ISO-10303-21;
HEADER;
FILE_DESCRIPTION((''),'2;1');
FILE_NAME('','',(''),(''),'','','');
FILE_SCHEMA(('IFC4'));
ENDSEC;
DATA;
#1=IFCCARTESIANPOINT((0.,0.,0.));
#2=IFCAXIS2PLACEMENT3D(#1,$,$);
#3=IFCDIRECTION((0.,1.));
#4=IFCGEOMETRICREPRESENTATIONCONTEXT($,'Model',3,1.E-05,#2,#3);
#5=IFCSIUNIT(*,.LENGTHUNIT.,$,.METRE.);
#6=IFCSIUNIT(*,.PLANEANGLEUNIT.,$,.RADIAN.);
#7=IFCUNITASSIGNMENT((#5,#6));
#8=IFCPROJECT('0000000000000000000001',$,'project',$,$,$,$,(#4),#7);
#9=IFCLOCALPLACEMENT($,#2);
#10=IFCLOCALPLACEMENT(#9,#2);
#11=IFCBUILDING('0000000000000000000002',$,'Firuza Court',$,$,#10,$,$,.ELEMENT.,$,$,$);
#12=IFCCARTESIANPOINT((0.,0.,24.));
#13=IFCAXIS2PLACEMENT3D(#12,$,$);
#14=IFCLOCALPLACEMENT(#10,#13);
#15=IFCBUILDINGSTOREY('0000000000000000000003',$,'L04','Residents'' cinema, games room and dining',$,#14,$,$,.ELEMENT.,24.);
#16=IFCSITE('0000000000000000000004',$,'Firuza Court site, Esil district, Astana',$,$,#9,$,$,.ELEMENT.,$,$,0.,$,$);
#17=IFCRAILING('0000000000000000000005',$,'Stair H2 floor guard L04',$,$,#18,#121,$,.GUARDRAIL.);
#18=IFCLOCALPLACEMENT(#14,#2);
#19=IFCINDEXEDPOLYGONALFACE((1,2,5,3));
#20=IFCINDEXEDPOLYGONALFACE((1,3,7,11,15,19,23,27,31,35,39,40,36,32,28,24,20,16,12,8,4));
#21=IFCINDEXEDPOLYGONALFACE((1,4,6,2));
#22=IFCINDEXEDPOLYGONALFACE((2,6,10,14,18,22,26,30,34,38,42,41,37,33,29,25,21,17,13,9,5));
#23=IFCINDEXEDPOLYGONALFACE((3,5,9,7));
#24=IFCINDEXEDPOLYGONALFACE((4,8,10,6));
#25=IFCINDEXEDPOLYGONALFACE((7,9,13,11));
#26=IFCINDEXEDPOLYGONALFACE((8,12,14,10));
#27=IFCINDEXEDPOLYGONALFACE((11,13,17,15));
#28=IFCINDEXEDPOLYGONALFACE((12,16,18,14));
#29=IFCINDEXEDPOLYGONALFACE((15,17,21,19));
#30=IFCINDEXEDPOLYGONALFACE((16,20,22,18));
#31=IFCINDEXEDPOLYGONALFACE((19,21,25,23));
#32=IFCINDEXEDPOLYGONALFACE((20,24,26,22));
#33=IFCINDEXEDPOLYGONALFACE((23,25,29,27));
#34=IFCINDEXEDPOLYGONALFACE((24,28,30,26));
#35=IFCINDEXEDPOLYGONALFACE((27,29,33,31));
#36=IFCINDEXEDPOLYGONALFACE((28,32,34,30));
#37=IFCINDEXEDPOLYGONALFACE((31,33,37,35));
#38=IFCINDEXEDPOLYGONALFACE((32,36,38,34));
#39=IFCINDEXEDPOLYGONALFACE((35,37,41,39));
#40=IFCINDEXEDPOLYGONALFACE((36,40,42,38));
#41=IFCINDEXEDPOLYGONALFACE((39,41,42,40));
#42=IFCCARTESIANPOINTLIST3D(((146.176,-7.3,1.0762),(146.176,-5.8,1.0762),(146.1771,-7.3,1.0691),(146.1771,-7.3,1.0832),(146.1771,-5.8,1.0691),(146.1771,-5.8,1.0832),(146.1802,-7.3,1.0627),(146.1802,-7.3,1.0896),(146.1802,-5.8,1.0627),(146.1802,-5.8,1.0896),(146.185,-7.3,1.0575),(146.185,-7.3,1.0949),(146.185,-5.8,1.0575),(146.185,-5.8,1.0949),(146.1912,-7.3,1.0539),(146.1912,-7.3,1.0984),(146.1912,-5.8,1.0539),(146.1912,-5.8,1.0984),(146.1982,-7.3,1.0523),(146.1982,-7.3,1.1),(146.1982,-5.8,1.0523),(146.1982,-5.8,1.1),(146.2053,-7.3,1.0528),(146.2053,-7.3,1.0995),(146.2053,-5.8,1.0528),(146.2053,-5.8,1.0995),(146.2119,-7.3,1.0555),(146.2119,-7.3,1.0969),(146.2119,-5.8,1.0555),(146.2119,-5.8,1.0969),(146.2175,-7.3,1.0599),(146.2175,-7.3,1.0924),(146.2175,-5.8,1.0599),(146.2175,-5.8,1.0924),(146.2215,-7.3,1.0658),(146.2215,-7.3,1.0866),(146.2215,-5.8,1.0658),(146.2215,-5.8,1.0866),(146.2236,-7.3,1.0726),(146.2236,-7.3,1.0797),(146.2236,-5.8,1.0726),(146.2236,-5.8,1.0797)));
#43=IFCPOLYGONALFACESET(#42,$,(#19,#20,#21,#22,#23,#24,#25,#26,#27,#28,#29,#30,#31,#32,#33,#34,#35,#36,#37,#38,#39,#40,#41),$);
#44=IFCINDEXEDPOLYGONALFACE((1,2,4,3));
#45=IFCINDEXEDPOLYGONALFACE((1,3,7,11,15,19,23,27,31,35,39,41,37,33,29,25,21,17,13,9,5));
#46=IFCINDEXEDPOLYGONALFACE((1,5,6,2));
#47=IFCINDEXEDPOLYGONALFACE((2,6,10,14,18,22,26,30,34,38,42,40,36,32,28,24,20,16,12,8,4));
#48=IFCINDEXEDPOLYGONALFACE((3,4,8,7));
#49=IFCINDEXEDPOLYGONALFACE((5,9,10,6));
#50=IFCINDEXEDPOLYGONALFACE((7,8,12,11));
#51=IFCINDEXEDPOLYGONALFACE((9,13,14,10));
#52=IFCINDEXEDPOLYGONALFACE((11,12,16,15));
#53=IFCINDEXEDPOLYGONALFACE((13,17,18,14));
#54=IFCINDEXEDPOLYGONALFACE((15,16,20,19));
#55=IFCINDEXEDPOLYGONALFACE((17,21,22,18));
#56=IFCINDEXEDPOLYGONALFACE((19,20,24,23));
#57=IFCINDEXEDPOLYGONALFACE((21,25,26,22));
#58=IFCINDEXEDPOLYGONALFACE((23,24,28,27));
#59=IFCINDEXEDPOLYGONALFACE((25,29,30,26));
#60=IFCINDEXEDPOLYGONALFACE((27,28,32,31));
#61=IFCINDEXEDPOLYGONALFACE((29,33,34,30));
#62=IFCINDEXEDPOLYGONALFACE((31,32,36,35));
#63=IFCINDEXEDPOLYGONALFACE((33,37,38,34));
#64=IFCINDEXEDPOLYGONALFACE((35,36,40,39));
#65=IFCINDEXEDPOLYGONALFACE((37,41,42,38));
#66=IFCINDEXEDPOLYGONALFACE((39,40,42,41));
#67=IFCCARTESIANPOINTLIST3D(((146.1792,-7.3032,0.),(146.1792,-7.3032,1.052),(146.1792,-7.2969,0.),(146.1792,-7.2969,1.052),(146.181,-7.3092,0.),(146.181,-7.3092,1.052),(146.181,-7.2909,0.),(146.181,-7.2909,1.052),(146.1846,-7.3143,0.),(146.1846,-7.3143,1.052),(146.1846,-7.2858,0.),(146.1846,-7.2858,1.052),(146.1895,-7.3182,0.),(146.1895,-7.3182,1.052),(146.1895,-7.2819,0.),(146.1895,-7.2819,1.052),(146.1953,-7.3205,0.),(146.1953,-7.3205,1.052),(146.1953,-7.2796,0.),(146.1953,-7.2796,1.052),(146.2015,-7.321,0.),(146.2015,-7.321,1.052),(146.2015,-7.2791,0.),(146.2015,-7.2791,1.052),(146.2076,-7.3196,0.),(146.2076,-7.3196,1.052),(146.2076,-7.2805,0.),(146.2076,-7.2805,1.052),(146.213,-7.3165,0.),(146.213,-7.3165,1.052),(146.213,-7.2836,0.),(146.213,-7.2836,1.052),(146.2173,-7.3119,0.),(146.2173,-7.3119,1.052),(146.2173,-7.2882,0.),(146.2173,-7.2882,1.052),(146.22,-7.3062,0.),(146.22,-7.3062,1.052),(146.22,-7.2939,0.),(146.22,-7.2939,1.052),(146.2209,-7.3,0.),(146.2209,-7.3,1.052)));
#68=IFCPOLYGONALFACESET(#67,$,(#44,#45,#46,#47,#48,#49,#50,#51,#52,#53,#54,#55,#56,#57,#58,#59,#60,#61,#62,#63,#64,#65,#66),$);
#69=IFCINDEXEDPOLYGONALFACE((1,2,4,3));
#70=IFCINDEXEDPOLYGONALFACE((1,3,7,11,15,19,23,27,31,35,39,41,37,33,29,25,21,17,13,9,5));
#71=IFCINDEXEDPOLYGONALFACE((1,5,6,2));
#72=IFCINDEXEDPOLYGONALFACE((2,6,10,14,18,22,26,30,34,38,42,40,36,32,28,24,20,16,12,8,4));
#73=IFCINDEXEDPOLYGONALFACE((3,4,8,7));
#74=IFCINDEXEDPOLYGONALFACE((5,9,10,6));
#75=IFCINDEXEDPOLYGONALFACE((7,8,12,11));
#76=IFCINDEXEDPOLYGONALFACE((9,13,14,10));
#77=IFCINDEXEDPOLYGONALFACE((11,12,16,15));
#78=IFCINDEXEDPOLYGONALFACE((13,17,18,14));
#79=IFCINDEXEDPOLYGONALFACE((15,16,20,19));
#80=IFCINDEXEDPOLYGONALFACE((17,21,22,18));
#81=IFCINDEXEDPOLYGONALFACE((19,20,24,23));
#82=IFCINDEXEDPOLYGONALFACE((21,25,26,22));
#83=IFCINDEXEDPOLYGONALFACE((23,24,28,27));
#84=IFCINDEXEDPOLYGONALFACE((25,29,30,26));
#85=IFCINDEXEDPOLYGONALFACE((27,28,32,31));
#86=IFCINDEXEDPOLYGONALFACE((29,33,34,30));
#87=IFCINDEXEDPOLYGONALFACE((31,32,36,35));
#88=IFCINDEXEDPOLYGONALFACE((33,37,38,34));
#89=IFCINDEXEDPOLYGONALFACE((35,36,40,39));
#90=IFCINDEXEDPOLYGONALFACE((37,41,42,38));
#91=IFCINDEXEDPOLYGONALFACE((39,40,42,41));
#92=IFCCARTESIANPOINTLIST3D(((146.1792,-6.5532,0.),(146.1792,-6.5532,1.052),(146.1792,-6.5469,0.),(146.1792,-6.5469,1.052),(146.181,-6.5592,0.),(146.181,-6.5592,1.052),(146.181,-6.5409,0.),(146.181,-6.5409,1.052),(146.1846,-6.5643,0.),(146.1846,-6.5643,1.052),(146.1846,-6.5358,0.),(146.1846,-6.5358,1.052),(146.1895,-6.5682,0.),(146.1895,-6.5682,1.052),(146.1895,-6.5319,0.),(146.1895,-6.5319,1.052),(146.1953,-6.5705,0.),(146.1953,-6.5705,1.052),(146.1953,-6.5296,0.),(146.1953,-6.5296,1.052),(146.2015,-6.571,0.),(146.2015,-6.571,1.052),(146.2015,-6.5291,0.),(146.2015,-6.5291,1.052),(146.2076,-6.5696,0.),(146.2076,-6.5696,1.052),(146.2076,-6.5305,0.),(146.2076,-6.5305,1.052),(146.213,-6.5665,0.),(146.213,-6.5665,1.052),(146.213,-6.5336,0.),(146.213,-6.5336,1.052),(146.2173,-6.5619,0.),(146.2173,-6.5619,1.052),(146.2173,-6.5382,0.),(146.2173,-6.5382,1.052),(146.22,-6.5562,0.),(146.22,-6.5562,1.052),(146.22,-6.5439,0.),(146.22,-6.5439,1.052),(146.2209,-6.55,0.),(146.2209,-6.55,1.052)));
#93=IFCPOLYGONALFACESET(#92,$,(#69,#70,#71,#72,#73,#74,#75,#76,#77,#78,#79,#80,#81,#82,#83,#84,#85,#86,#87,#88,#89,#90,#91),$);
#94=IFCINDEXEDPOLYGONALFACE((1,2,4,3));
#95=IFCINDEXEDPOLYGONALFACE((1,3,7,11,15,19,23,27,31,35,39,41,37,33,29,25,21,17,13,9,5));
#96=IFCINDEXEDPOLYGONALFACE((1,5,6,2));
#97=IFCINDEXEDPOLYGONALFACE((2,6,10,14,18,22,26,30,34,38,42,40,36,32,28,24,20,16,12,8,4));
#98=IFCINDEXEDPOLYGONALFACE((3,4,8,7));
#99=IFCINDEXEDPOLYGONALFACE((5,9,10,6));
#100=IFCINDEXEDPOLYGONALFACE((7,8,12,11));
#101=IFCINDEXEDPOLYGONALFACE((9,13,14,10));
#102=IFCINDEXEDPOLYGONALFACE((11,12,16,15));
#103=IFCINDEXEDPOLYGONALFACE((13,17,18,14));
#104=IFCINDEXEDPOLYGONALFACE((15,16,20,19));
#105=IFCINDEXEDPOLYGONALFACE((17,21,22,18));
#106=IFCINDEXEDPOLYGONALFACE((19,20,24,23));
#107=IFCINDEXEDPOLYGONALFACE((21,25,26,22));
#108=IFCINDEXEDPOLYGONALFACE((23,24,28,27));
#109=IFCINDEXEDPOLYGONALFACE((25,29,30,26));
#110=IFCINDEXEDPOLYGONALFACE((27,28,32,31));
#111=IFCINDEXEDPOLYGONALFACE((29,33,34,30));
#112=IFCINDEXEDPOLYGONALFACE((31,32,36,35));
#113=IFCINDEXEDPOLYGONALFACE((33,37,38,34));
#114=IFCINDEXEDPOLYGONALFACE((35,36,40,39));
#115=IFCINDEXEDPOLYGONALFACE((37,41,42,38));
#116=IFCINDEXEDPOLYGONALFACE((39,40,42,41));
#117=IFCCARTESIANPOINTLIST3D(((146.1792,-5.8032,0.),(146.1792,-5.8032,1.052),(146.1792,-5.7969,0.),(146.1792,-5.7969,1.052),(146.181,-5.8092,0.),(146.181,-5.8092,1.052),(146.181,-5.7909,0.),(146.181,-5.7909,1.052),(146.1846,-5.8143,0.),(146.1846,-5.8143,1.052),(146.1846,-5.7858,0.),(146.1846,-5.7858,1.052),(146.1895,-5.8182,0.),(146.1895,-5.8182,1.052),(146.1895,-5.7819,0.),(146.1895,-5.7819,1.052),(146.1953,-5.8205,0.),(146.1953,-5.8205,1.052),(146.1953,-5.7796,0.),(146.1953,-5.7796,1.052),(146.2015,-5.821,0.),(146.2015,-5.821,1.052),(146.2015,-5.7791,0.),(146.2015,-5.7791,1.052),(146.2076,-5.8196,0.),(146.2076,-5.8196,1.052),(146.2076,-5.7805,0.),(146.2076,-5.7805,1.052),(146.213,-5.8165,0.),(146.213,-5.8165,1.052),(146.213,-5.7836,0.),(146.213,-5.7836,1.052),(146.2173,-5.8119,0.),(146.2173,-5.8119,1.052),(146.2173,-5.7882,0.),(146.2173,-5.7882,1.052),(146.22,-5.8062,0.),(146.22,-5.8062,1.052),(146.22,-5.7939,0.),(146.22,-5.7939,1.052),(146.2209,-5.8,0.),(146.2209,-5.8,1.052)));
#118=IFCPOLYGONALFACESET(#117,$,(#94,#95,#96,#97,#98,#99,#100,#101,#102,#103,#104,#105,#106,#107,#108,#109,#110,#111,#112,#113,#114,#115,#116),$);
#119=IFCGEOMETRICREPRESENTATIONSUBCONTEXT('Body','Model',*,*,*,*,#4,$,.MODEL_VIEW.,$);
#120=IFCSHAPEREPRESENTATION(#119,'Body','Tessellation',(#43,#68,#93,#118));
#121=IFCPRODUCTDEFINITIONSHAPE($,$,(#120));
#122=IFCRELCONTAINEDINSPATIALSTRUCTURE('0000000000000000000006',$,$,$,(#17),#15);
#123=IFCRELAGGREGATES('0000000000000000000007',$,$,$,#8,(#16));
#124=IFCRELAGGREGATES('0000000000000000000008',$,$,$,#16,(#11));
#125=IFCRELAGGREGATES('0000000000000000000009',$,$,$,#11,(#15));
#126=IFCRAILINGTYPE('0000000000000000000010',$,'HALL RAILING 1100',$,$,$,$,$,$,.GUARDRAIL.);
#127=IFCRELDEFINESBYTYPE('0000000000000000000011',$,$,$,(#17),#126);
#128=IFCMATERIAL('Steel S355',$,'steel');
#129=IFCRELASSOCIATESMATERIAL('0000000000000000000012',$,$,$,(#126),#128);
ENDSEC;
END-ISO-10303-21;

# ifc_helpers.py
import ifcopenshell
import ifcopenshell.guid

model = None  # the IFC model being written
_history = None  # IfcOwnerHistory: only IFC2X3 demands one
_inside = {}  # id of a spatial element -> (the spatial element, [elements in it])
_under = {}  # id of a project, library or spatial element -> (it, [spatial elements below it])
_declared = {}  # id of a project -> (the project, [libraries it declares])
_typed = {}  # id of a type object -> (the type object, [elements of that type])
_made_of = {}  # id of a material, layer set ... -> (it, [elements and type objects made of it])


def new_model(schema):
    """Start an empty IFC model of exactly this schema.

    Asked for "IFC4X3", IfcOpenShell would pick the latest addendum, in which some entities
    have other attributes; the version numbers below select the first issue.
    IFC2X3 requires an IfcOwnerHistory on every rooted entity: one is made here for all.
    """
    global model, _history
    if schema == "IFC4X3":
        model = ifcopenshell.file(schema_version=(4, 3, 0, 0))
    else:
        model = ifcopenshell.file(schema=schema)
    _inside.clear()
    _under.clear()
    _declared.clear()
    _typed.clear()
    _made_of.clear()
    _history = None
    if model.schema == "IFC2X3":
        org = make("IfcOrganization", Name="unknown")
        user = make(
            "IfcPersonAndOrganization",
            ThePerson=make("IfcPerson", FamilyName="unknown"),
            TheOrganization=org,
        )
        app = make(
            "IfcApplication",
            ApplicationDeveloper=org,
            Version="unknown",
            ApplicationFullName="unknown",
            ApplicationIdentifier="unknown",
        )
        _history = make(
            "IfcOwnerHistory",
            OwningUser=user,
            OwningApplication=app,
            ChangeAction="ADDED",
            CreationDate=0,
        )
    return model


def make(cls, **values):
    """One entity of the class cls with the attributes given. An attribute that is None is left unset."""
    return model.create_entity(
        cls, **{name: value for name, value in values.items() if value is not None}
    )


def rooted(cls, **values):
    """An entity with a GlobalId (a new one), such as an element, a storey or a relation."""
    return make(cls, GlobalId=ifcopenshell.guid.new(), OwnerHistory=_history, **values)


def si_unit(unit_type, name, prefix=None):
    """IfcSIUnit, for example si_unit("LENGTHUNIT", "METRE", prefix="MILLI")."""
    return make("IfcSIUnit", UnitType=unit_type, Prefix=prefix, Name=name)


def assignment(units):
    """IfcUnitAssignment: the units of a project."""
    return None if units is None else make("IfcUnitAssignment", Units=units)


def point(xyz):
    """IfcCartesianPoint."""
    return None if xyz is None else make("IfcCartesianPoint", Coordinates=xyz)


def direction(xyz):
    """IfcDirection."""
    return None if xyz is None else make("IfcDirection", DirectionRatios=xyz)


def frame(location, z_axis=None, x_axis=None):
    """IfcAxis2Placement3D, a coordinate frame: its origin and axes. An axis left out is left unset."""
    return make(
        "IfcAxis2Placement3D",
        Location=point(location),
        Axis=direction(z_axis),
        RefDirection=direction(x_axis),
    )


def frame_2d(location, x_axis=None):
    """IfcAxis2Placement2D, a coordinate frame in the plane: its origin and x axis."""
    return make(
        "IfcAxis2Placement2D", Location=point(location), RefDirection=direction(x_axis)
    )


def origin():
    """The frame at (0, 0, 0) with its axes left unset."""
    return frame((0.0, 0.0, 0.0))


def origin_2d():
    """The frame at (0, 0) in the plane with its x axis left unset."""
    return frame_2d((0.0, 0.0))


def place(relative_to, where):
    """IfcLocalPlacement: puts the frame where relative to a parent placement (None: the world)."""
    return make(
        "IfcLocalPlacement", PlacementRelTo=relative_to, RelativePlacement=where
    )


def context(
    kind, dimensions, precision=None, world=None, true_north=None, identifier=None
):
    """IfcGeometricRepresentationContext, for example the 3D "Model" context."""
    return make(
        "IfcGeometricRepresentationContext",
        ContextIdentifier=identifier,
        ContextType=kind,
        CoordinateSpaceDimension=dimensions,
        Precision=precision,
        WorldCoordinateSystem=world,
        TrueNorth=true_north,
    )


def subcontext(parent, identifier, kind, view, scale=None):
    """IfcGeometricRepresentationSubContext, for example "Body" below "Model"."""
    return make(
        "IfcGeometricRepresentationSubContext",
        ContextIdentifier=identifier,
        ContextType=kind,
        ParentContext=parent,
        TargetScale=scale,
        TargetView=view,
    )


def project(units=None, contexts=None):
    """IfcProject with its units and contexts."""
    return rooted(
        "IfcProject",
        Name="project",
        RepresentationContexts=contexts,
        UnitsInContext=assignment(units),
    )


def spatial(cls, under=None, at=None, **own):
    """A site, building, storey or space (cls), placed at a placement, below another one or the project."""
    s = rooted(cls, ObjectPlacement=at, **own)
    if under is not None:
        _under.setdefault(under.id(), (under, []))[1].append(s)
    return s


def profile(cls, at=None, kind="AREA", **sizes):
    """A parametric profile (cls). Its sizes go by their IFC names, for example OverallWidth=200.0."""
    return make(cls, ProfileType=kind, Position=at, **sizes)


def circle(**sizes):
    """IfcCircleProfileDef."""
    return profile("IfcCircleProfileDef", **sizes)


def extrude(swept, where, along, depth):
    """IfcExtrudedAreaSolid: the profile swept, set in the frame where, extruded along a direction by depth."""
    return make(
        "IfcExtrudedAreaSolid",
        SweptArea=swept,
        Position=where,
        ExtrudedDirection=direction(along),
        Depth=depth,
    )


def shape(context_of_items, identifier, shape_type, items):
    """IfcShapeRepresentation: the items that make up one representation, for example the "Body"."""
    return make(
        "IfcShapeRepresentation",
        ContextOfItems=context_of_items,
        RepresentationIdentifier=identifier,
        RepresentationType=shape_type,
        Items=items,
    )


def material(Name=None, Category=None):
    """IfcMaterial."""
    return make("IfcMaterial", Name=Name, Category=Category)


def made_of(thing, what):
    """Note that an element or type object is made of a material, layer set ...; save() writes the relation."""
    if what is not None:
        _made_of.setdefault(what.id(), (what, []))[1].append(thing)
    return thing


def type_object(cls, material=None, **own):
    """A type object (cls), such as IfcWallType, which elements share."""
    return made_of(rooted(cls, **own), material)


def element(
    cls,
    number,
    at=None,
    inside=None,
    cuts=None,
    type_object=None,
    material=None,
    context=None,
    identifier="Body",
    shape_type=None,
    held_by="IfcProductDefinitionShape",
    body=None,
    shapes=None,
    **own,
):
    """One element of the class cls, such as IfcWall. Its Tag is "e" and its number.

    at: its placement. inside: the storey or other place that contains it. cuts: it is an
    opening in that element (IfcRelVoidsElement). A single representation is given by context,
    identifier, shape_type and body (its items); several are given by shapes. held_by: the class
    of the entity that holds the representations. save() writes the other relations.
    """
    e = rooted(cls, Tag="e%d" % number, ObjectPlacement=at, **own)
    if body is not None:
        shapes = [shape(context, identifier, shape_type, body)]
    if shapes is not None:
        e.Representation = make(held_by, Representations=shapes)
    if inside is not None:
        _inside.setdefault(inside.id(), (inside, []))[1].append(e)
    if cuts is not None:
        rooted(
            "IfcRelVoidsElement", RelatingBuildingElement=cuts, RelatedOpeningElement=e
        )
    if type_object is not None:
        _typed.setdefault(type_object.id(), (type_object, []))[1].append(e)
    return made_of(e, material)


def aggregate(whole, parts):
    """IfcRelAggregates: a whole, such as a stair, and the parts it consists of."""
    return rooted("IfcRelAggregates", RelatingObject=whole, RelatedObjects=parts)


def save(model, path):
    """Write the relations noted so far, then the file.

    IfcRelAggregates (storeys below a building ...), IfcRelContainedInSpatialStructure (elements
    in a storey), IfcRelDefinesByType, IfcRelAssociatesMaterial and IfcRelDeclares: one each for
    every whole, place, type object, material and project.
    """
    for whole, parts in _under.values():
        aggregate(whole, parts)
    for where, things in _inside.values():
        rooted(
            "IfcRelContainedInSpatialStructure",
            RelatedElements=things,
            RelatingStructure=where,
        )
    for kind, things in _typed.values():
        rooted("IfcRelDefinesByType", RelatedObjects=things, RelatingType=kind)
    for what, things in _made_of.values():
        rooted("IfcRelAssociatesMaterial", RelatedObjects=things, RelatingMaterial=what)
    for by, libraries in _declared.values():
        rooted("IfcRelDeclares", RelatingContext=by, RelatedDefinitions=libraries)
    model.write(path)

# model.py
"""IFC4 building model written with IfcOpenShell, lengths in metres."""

from ifc_helpers import new_model, si_unit, direction, frame, origin, origin_2d, place, context, subcontext, project, spatial, circle, extrude, material, type_object, element, save


model = new_model("IFC4")

# Units and contexts
model_context = context("Model", 3, precision=1e-05, world=origin(), true_north=direction((0.0, 1.0)))
body_context = subcontext(model_context, "Body", "Model", "MODEL_VIEW")
ifc_project = project(units=[si_unit("LENGTHUNIT", "METRE"), si_unit("PLANEANGLEUNIT", "RADIAN")], contexts=[model_context])

# Site, building, storey
site_placement = place(None, origin())
site = spatial("IfcSite", under=ifc_project, at=site_placement, Name="Firuza Court site, Esil district, Astana", CompositionType="ELEMENT", RefElevation=0.0)
building_placement = place(site_placement, origin())
building = spatial("IfcBuilding", under=site, at=building_placement, Name="Firuza Court", CompositionType="ELEMENT")
storey_placement = place(building_placement, frame((0.0, 0.0, 24.0)))
storey = spatial("IfcBuildingStorey", under=building, at=storey_placement, Name="L04", Description="Residents' cinema, games room and dining", CompositionType="ELEMENT", Elevation=24.0)

# Railing
ifc_material_1 = material(Name="Steel S355", Category="steel")
railing_type = type_object("IfcRailingType", Name="HALL RAILING 1100", PredefinedType="GUARDRAIL", material=ifc_material_1)
railing_1_placement = place(storey_placement, frame((146.2, -7.3, 0.0)))
element("IfcRailing", 1, at=railing_1_placement, inside=storey, type_object=railing_type, Name="Stair H2 floor guard L04", PredefinedType="GUARDRAIL", context=body_context, shape_type="SweptSolid", body=[
    extrude(circle(Radius=0.0239, at=origin_2d()), frame((0.0, 0.0, 1.0762), z_axis=(0.0, 1.0, 0.0), x_axis=(-1.0, 0.0, 0.0)), (0.0, 0.0, 1.0), 1.5),
    extrude(circle(Radius=0.021, at=origin_2d()), origin(), (0.0, 0.0, 1.0), 1.052),
    extrude(circle(Radius=0.021, at=origin_2d()), frame((0.0, 0.75, 0.0)), (0.0, 0.0, 1.0), 1.052),
    extrude(circle(Radius=0.021, at=origin_2d()), frame((0.0, 1.5, 0.0)), (0.0, 0.0, 1.0), 1.052),
])

save(model, "model.ifc")
